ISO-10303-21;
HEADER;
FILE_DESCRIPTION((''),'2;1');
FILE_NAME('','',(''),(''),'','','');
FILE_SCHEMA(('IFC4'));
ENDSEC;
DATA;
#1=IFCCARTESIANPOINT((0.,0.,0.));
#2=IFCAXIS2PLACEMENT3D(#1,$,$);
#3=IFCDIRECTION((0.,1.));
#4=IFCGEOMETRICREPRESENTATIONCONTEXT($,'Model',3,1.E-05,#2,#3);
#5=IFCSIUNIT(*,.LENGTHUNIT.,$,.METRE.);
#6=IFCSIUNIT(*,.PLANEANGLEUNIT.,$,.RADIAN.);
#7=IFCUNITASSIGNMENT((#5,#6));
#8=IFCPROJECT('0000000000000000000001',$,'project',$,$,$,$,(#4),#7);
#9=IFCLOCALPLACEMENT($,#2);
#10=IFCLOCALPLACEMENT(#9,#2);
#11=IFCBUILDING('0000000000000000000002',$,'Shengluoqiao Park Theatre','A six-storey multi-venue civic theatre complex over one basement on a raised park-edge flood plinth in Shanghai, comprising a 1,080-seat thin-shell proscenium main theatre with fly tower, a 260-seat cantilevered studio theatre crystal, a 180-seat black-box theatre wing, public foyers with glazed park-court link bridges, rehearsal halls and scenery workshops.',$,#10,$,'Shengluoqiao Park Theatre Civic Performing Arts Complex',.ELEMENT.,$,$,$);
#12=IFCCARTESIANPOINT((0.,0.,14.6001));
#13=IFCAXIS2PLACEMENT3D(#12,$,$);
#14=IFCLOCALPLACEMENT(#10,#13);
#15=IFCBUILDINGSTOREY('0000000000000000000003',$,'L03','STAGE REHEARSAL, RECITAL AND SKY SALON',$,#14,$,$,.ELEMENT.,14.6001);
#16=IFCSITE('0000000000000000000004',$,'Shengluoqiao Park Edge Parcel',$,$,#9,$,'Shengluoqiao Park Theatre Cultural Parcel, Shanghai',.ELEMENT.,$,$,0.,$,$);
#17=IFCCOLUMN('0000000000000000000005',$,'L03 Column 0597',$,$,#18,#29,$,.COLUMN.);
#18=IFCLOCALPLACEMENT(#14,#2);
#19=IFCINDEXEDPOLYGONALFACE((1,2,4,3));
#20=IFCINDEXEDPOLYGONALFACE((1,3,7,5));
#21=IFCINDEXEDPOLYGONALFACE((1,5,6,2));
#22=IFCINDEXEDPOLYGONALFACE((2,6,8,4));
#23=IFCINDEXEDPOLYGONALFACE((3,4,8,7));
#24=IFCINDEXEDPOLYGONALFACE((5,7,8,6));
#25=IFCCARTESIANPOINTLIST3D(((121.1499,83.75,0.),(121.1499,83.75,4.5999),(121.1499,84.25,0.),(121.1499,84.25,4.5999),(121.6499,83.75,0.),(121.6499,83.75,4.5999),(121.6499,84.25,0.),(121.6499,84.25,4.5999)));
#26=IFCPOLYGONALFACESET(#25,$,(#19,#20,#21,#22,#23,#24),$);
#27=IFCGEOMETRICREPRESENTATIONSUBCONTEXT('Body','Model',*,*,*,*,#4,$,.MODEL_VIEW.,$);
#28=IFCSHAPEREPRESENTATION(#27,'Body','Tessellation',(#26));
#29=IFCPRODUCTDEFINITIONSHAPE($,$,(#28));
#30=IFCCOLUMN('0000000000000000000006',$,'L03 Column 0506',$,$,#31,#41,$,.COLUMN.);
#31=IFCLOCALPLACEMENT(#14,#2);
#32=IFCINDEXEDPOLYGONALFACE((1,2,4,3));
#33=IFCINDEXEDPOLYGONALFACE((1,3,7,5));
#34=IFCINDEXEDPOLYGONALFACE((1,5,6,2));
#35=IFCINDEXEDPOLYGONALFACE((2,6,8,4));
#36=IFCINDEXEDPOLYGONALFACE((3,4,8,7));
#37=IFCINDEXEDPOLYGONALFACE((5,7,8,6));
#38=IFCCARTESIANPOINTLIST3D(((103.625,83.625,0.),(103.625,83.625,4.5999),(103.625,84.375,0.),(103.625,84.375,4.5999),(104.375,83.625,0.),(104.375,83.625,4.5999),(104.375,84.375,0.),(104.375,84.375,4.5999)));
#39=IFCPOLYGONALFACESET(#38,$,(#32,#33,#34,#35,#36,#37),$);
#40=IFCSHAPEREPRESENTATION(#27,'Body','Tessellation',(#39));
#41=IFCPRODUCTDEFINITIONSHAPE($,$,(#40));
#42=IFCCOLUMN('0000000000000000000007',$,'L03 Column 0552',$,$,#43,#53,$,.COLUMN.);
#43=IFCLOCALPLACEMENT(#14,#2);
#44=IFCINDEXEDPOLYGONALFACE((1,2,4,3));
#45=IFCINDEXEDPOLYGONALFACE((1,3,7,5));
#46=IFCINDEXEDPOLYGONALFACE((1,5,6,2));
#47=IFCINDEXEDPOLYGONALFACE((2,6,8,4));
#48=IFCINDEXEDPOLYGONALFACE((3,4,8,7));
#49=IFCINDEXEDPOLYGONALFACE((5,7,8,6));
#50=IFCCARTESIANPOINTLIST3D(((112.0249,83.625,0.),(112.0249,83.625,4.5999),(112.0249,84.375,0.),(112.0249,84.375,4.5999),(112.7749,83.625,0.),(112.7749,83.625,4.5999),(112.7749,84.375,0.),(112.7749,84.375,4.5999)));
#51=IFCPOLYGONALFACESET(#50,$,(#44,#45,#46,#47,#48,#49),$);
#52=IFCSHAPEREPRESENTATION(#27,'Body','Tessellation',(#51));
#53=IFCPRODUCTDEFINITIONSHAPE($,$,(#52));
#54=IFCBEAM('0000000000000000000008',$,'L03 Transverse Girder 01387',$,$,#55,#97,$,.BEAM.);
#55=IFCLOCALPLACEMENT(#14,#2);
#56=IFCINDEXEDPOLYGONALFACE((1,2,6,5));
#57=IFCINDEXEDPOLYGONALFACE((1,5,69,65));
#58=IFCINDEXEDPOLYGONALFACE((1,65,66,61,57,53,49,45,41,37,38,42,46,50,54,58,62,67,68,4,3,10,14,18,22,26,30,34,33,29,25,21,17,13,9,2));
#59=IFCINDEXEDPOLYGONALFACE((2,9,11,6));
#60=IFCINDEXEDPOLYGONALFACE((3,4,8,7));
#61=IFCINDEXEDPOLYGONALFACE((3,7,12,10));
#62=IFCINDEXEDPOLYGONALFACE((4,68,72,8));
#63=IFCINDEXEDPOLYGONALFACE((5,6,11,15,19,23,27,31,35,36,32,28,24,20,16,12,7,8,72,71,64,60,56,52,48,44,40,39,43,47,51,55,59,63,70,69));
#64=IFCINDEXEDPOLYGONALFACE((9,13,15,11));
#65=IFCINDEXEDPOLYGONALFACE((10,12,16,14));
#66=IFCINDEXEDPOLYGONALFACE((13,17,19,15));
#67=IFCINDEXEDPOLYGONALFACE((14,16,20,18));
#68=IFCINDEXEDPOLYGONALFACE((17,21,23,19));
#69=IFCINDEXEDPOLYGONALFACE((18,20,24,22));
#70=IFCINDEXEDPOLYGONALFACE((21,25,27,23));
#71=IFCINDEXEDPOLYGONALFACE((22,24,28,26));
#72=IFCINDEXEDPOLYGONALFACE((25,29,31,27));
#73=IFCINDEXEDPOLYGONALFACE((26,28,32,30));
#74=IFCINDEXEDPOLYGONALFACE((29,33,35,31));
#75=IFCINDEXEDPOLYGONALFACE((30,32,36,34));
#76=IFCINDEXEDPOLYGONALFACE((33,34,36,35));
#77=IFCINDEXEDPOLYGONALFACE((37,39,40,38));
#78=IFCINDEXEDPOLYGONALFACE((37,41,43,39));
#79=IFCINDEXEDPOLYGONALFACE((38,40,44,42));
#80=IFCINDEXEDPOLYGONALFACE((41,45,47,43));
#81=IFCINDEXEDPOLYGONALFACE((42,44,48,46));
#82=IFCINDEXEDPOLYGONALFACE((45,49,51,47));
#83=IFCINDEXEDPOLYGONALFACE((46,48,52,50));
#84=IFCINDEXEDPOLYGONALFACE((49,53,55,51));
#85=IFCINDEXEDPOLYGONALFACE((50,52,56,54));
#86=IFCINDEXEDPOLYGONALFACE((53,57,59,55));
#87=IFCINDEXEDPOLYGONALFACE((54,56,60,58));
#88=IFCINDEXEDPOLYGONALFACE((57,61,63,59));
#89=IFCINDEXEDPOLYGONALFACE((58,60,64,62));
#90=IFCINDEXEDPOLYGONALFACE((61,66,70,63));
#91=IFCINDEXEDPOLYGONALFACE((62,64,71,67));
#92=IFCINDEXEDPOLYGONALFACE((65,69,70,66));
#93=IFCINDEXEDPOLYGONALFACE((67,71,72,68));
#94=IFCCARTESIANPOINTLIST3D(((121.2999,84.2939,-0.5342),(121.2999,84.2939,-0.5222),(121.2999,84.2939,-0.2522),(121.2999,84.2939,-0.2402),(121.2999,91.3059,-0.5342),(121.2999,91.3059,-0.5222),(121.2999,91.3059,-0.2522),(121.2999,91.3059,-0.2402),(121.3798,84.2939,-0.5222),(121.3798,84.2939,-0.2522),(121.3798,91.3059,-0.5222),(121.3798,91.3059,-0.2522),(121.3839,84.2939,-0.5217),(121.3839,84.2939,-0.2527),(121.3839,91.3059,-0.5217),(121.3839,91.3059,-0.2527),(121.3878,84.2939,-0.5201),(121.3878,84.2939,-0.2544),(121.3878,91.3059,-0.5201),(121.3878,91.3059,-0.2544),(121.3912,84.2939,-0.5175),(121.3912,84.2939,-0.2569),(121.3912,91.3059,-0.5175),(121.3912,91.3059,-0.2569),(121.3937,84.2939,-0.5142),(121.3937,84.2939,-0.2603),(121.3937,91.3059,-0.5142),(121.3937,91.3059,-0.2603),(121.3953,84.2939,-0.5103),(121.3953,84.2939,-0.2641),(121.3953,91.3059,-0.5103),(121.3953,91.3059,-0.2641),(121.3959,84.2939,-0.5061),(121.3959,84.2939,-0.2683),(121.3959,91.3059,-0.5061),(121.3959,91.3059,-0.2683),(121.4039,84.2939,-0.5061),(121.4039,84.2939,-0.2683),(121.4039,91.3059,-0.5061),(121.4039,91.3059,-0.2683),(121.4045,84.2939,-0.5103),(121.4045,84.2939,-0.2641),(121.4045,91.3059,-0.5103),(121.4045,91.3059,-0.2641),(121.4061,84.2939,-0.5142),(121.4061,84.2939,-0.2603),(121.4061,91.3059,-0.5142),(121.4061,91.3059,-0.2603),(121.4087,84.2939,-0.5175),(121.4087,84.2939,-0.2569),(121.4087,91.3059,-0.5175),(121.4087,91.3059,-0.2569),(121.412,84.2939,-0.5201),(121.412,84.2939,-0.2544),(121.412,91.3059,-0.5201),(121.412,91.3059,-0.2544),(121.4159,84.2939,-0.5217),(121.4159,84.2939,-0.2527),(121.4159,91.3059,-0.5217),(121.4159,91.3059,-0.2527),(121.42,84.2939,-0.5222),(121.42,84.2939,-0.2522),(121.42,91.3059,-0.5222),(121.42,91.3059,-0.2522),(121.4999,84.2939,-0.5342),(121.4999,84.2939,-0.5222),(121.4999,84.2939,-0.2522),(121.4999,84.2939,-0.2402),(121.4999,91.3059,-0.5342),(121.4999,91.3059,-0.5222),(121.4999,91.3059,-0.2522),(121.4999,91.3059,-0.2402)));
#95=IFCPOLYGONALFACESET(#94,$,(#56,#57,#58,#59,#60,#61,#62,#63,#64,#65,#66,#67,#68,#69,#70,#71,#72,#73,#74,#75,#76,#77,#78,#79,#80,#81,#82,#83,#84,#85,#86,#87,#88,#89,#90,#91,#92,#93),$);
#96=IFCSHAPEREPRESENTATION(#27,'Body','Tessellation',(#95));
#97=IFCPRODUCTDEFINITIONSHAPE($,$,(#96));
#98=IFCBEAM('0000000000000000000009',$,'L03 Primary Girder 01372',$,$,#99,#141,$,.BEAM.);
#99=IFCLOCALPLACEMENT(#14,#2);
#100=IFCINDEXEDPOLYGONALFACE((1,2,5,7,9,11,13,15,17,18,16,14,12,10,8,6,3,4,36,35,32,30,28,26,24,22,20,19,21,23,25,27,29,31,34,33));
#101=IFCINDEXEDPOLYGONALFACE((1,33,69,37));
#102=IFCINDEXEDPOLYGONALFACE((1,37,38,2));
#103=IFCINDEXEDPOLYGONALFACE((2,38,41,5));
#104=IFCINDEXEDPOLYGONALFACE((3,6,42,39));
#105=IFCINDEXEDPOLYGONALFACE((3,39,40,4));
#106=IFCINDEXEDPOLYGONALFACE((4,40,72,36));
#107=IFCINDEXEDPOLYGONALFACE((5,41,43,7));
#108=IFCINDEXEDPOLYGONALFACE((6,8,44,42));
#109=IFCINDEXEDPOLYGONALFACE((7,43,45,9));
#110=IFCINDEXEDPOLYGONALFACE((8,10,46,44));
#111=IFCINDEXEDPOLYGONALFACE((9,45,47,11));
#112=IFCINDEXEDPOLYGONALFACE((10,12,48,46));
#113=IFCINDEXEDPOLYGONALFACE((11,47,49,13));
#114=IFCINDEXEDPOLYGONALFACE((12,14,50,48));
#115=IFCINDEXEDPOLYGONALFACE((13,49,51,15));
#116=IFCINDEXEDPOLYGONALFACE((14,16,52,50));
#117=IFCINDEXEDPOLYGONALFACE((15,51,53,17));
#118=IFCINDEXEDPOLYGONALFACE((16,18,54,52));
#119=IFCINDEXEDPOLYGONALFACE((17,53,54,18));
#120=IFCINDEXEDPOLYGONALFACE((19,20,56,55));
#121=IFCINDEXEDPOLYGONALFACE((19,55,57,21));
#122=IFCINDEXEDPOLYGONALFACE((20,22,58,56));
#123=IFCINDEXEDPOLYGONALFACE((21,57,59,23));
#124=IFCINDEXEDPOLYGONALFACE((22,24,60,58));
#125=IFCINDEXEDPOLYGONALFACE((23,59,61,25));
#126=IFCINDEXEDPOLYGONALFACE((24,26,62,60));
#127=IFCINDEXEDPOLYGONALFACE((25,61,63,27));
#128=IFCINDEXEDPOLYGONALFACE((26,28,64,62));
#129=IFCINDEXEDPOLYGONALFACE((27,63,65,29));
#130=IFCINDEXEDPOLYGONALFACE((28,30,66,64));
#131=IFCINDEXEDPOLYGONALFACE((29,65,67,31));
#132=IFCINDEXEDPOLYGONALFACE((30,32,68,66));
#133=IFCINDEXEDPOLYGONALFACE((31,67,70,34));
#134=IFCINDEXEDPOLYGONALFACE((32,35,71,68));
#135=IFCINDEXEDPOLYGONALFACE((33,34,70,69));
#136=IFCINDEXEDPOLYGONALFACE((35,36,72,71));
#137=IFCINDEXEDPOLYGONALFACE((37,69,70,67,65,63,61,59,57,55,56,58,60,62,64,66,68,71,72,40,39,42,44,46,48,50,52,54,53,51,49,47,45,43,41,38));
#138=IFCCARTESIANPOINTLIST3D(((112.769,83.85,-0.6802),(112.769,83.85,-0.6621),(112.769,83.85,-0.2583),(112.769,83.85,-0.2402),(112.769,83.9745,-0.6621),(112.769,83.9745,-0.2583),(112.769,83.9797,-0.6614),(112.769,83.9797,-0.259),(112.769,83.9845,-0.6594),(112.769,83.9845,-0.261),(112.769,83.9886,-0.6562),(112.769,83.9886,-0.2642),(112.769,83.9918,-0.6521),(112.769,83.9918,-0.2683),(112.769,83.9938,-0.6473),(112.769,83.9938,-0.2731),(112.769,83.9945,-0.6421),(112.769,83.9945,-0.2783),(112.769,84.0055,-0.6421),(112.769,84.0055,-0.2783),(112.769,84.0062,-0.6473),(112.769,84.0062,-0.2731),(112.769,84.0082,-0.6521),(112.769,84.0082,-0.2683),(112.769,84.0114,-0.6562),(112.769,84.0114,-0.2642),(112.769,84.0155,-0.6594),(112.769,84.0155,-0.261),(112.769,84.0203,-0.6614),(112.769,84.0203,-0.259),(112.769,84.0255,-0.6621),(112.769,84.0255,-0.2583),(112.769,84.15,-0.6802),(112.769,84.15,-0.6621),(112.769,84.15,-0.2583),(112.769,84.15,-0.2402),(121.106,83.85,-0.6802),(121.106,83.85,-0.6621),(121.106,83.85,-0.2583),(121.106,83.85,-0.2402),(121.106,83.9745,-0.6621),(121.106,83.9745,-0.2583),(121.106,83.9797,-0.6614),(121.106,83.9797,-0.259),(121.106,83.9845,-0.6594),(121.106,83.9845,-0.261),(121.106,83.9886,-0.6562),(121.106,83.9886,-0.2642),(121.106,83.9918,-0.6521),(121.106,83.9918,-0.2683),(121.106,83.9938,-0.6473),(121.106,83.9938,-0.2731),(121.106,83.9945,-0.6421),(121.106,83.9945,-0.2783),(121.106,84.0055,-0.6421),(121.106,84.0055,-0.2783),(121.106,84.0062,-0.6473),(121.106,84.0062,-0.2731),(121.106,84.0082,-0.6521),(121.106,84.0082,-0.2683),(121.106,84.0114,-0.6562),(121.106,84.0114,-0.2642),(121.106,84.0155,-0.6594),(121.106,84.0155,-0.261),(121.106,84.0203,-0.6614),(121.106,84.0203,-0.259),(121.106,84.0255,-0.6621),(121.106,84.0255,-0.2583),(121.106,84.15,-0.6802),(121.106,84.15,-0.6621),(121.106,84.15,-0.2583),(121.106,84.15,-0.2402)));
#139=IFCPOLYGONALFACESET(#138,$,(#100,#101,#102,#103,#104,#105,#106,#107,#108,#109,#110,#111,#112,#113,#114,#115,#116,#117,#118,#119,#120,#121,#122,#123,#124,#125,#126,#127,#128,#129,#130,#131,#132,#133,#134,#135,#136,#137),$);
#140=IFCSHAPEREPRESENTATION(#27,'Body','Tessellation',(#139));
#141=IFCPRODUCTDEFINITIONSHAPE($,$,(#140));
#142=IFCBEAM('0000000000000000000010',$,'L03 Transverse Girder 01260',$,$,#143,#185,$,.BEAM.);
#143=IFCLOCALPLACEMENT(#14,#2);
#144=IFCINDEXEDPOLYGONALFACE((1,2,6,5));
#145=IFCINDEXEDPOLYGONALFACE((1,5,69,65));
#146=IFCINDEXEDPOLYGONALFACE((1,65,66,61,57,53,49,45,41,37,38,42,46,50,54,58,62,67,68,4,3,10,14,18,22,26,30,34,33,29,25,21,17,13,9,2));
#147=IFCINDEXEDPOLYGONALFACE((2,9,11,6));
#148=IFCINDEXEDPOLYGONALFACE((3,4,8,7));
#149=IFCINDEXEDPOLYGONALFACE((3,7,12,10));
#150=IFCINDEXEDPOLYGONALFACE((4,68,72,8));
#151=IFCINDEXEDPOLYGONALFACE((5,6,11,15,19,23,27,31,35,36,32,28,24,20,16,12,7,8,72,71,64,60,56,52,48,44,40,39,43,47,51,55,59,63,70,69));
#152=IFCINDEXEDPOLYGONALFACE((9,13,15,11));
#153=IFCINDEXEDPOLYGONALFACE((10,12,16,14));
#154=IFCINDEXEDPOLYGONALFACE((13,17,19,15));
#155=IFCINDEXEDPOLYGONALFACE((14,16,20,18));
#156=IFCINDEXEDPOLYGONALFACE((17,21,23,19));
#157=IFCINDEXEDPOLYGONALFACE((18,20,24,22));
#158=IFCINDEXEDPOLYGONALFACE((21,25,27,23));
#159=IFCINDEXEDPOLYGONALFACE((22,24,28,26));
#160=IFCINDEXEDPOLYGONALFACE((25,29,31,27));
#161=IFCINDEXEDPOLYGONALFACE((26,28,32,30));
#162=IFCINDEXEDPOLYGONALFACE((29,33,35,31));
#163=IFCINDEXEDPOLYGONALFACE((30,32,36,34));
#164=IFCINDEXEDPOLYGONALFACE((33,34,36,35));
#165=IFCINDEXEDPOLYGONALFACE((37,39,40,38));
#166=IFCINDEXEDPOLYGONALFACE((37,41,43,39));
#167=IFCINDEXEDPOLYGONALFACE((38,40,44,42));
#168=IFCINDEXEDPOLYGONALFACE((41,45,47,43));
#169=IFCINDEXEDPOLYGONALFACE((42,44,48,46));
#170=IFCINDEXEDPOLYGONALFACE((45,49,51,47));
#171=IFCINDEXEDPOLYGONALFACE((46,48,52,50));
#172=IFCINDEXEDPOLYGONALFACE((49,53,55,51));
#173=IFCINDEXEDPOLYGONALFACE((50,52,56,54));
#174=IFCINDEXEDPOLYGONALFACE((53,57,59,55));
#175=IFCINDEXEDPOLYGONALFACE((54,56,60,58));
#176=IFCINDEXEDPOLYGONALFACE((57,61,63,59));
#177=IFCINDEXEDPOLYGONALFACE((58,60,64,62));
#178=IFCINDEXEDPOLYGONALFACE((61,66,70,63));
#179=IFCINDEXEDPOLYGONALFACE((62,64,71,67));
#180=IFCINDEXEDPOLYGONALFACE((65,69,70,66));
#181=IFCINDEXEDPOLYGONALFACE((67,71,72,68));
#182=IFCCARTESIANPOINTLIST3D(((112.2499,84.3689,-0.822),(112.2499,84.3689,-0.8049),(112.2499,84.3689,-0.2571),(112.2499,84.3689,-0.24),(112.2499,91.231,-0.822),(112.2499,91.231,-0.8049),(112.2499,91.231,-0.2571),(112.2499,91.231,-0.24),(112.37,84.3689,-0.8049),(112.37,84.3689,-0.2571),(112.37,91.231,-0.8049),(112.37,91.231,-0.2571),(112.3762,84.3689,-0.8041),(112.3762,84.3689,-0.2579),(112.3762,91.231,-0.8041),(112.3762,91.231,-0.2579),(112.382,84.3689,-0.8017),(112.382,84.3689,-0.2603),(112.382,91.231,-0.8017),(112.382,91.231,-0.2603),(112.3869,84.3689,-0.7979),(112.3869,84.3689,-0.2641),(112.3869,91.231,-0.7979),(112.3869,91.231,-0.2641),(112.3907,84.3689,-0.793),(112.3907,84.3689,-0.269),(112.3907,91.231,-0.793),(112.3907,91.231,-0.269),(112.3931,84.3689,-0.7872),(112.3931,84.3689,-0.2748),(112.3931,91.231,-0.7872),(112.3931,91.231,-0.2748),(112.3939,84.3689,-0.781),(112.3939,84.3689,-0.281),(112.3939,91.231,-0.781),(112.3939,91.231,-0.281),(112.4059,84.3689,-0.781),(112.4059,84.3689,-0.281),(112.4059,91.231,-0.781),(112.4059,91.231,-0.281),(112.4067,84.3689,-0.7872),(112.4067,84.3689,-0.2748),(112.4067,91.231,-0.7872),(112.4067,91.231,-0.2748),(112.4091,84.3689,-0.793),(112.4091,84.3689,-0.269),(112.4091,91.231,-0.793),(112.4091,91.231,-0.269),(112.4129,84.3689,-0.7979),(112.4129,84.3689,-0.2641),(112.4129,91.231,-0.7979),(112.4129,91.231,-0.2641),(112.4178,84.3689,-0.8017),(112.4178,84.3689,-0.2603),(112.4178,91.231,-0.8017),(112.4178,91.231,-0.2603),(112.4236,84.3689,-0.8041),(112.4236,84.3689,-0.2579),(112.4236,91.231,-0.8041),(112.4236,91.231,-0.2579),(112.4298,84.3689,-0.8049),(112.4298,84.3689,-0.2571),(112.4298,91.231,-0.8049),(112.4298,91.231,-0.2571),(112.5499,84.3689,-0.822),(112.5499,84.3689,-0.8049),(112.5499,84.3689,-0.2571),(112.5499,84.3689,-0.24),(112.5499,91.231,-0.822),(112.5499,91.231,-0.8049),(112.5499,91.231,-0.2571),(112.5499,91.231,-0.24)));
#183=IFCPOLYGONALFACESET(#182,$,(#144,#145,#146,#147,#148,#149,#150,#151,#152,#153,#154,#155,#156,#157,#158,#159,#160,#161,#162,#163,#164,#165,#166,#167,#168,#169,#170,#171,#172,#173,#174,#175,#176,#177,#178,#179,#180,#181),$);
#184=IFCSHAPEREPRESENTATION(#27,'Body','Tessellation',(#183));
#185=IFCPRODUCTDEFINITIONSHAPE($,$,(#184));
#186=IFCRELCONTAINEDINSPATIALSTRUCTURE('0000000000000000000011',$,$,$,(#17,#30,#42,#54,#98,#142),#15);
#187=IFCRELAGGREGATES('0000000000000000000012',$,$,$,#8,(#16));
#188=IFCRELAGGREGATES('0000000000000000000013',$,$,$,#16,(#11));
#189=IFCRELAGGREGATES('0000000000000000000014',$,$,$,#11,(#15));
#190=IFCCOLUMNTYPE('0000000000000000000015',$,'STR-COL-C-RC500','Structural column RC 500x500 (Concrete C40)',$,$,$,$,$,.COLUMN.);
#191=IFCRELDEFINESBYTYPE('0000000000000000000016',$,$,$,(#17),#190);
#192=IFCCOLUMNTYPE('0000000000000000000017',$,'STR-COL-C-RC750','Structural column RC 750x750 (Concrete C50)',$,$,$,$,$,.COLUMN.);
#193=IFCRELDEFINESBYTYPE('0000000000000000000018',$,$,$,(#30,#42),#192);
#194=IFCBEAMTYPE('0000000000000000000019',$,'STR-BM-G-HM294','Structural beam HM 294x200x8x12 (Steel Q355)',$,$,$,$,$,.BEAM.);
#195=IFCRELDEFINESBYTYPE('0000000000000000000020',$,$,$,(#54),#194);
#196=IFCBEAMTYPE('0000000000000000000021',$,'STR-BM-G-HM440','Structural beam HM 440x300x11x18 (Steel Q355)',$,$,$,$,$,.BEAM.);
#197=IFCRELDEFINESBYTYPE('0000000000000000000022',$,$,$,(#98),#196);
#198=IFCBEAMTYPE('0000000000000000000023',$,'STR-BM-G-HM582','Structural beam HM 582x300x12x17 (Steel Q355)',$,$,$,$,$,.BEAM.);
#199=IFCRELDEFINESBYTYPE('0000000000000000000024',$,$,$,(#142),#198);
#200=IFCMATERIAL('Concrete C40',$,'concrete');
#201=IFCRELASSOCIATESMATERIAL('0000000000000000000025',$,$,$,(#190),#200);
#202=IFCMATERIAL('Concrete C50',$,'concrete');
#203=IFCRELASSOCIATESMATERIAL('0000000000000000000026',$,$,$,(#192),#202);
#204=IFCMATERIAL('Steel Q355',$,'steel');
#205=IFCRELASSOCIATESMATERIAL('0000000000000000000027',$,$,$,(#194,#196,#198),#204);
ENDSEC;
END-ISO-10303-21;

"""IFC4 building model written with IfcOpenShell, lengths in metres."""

from ifc_helpers import new_model, si_unit, direction, frame, origin, origin_2d, place, context, subcontext, project, spatial, rectangle, i_section, extrude, material, material_profile, profile_set, type_object, element, save


model = new_model("IFC4")

# Units and contexts
model_context = context("Model", 3, precision=1e-05, world=origin(), true_north=direction((0.0, 1.0)))
body_context = subcontext(model_context, "Body", "Model", "MODEL_VIEW")
ifc_project = project(units=[si_unit("LENGTHUNIT", "METRE"), si_unit("PLANEANGLEUNIT", "RADIAN")], contexts=[model_context])

# Site, building, storey
site_placement = place(None, origin())
site = spatial("IfcSite", under=ifc_project, at=site_placement, Name="Shengluoqiao Park Edge Parcel", LongName="Shengluoqiao Park Theatre Cultural Parcel, Shanghai", CompositionType="ELEMENT", RefElevation=0.0)
building_placement = place(site_placement, origin())
building = spatial("IfcBuilding", under=site, at=building_placement, Name="Shengluoqiao Park Theatre", Description="A six-storey multi-venue civic theatre complex over one basement on a raised park-edge flood plinth in Shanghai, comprising a 1,080-seat thin-shell proscenium main theatre with fly tower, a 260-seat cantilevered studio theatre crystal, a 180-seat black-box theatre wing, public foyers with glazed park-court link bridges, rehearsal halls and scenery workshops.", LongName="Shengluoqiao Park Theatre Civic Performing Arts Complex", CompositionType="ELEMENT")
storey_placement = place(building_placement, frame((0.0, 0.0, 14.6001)))
storey = spatial("IfcBuildingStorey", under=building, at=storey_placement, Name="L03", Description="STAGE REHEARSAL, RECITAL AND SKY SALON", CompositionType="ELEMENT", Elevation=14.6001)

# Columns
ifc_material_1 = material(Name="Concrete C40", Category="concrete")
ifc_material_profile_1 = material_profile(ifc_material_1, rectangle(XDim=0.5, YDim=0.5, at=origin_2d()), Name="RC 500x500")
ifc_profile_set_1 = profile_set([ifc_material_profile_1], Name="Concrete C40")
column_type_1 = type_object("IfcColumnType", Name="STR-COL-C-RC500", Description="Structural column RC 500x500 (Concrete C40)", PredefinedType="COLUMN", material=ifc_profile_set_1)
column_placement = place(storey_placement, frame((121.3999, 84.0, 0.0), z_axis=(0.0, 0.0, 1.0), x_axis=(1.0, 0.0, 0.0)))
element("IfcColumn", 1, at=column_placement, inside=storey, type_object=column_type_1, Name="L03 Column 0597", PredefinedType="COLUMN", context=body_context, shape_type="SweptSolid", body=[
    extrude(rectangle(XDim=0.5, YDim=0.5, at=origin_2d()), origin(), (0.0, 0.0, 1.0), 4.5999),
])
ifc_material_2 = material(Name="Concrete C50", Category="concrete")
ifc_material_profile_2 = material_profile(ifc_material_2, rectangle(XDim=0.75, YDim=0.75, at=origin_2d()), Name="RC 750x750")
ifc_profile_set_2 = profile_set([ifc_material_profile_2], Name="Concrete C50")
column_type_2 = type_object("IfcColumnType", Name="STR-COL-C-RC750", Description="Structural column RC 750x750 (Concrete C50)", PredefinedType="COLUMN", material=ifc_profile_set_2)
for number, where, z_axis, x_axis, name in (
    (2, (104.0, 84.0, 0.0), (0.0, 0.0, 1.0), (1.0, 0.0, 0.0), "L03 Column 0506"),
    (3, (112.3999, 84.0, 0.0), (0.0, 0.0, 1.0), (1.0, 0.0, 0.0), "L03 Column 0552"),
):
    element("IfcColumn", number, at=place(storey_placement, frame(where, z_axis=z_axis, x_axis=x_axis)), inside=storey, type_object=column_type_2, Name=name, PredefinedType="COLUMN", context=body_context, shape_type="SweptSolid", body=[
        extrude(rectangle(XDim=0.75, YDim=0.75, at=origin_2d()), origin(), (0.0, 0.0, 1.0), 4.5999),
    ])

# Beams
ifc_material_3 = material(Name="Steel Q355", Category="steel")
ifc_material_profile_3 = material_profile(ifc_material_3, i_section(OverallWidth=0.2, OverallDepth=0.2939, WebThickness=0.0081, FlangeThickness=0.012, FilletRadius=0.0161, at=origin_2d()), Name="HM 294x200x8x12")
ifc_profile_set_3 = profile_set([ifc_material_profile_3], Name="Steel Q355")
beam_type_1 = type_object("IfcBeamType", Name="STR-BM-G-HM294", Description="Structural beam HM 294x200x8x12 (Steel Q355)", PredefinedType="BEAM", material=ifc_profile_set_3)
beam_1_placement = place(storey_placement, frame((121.3999, 84.2939, -0.3872), z_axis=(0.0, 1.0, 0.0), x_axis=(-1.0, 0.0, 0.0)))
element("IfcBeam", 4, at=beam_1_placement, inside=storey, type_object=beam_type_1, Name="L03 Transverse Girder 01387", PredefinedType="BEAM", context=body_context, shape_type="SweptSolid", body=[
    extrude(i_section(OverallWidth=0.2, OverallDepth=0.2939, WebThickness=0.0081, FlangeThickness=0.012, FilletRadius=0.0161, at=origin_2d()), origin(), (0.0, 0.0, 1.0), 7.012),
])
ifc_material_profile_4 = material_profile(ifc_material_3, i_section(OverallWidth=0.3, OverallDepth=0.4399, WebThickness=0.011, FlangeThickness=0.0181, FilletRadius=0.02, at=origin_2d()), Name="HM 440x300x11x18")
ifc_profile_set_4 = profile_set([ifc_material_profile_4], Name="Steel Q355")
beam_type_2 = type_object("IfcBeamType", Name="STR-BM-G-HM440", Description="Structural beam HM 440x300x11x18 (Steel Q355)", PredefinedType="BEAM", material=ifc_profile_set_4)
beam_2_placement = place(storey_placement, frame((112.769, 84.0, -0.4602), z_axis=(1.0, 0.0, 0.0), x_axis=(0.0, 1.0, 0.0)))
element("IfcBeam", 5, at=beam_2_placement, inside=storey, type_object=beam_type_2, Name="L03 Primary Girder 01372", PredefinedType="BEAM", context=body_context, shape_type="SweptSolid", body=[
    extrude(i_section(OverallWidth=0.3, OverallDepth=0.4399, WebThickness=0.011, FlangeThickness=0.0181, FilletRadius=0.02, at=origin_2d()), origin(), (0.0, 0.0, 1.0), 8.3369),
])
ifc_material_profile_5 = material_profile(ifc_material_3, i_section(OverallWidth=0.3, OverallDepth=0.582, WebThickness=0.012, FlangeThickness=0.0171, FilletRadius=0.0239, at=origin_2d()), Name="HM 582x300x12x17")
ifc_profile_set_5 = profile_set([ifc_material_profile_5], Name="Steel Q355")
beam_type_3 = type_object("IfcBeamType", Name="STR-BM-G-HM582", Description="Structural beam HM 582x300x12x17 (Steel Q355)", PredefinedType="BEAM", material=ifc_profile_set_5)
beam_3_placement = place(storey_placement, frame((112.3999, 84.3689, -0.531), z_axis=(0.0, 1.0, 0.0), x_axis=(-1.0, 0.0, 0.0)))
element("IfcBeam", 6, at=beam_3_placement, inside=storey, type_object=beam_type_3, Name="L03 Transverse Girder 01260", PredefinedType="BEAM", context=body_context, shape_type="SweptSolid", body=[
    extrude(i_section(OverallWidth=0.3, OverallDepth=0.582, WebThickness=0.012, FlangeThickness=0.0171, FilletRadius=0.0239, at=origin_2d()), origin(), (0.0, 0.0, 1.0), 6.8621),
])

save(model, "model.ifc")
